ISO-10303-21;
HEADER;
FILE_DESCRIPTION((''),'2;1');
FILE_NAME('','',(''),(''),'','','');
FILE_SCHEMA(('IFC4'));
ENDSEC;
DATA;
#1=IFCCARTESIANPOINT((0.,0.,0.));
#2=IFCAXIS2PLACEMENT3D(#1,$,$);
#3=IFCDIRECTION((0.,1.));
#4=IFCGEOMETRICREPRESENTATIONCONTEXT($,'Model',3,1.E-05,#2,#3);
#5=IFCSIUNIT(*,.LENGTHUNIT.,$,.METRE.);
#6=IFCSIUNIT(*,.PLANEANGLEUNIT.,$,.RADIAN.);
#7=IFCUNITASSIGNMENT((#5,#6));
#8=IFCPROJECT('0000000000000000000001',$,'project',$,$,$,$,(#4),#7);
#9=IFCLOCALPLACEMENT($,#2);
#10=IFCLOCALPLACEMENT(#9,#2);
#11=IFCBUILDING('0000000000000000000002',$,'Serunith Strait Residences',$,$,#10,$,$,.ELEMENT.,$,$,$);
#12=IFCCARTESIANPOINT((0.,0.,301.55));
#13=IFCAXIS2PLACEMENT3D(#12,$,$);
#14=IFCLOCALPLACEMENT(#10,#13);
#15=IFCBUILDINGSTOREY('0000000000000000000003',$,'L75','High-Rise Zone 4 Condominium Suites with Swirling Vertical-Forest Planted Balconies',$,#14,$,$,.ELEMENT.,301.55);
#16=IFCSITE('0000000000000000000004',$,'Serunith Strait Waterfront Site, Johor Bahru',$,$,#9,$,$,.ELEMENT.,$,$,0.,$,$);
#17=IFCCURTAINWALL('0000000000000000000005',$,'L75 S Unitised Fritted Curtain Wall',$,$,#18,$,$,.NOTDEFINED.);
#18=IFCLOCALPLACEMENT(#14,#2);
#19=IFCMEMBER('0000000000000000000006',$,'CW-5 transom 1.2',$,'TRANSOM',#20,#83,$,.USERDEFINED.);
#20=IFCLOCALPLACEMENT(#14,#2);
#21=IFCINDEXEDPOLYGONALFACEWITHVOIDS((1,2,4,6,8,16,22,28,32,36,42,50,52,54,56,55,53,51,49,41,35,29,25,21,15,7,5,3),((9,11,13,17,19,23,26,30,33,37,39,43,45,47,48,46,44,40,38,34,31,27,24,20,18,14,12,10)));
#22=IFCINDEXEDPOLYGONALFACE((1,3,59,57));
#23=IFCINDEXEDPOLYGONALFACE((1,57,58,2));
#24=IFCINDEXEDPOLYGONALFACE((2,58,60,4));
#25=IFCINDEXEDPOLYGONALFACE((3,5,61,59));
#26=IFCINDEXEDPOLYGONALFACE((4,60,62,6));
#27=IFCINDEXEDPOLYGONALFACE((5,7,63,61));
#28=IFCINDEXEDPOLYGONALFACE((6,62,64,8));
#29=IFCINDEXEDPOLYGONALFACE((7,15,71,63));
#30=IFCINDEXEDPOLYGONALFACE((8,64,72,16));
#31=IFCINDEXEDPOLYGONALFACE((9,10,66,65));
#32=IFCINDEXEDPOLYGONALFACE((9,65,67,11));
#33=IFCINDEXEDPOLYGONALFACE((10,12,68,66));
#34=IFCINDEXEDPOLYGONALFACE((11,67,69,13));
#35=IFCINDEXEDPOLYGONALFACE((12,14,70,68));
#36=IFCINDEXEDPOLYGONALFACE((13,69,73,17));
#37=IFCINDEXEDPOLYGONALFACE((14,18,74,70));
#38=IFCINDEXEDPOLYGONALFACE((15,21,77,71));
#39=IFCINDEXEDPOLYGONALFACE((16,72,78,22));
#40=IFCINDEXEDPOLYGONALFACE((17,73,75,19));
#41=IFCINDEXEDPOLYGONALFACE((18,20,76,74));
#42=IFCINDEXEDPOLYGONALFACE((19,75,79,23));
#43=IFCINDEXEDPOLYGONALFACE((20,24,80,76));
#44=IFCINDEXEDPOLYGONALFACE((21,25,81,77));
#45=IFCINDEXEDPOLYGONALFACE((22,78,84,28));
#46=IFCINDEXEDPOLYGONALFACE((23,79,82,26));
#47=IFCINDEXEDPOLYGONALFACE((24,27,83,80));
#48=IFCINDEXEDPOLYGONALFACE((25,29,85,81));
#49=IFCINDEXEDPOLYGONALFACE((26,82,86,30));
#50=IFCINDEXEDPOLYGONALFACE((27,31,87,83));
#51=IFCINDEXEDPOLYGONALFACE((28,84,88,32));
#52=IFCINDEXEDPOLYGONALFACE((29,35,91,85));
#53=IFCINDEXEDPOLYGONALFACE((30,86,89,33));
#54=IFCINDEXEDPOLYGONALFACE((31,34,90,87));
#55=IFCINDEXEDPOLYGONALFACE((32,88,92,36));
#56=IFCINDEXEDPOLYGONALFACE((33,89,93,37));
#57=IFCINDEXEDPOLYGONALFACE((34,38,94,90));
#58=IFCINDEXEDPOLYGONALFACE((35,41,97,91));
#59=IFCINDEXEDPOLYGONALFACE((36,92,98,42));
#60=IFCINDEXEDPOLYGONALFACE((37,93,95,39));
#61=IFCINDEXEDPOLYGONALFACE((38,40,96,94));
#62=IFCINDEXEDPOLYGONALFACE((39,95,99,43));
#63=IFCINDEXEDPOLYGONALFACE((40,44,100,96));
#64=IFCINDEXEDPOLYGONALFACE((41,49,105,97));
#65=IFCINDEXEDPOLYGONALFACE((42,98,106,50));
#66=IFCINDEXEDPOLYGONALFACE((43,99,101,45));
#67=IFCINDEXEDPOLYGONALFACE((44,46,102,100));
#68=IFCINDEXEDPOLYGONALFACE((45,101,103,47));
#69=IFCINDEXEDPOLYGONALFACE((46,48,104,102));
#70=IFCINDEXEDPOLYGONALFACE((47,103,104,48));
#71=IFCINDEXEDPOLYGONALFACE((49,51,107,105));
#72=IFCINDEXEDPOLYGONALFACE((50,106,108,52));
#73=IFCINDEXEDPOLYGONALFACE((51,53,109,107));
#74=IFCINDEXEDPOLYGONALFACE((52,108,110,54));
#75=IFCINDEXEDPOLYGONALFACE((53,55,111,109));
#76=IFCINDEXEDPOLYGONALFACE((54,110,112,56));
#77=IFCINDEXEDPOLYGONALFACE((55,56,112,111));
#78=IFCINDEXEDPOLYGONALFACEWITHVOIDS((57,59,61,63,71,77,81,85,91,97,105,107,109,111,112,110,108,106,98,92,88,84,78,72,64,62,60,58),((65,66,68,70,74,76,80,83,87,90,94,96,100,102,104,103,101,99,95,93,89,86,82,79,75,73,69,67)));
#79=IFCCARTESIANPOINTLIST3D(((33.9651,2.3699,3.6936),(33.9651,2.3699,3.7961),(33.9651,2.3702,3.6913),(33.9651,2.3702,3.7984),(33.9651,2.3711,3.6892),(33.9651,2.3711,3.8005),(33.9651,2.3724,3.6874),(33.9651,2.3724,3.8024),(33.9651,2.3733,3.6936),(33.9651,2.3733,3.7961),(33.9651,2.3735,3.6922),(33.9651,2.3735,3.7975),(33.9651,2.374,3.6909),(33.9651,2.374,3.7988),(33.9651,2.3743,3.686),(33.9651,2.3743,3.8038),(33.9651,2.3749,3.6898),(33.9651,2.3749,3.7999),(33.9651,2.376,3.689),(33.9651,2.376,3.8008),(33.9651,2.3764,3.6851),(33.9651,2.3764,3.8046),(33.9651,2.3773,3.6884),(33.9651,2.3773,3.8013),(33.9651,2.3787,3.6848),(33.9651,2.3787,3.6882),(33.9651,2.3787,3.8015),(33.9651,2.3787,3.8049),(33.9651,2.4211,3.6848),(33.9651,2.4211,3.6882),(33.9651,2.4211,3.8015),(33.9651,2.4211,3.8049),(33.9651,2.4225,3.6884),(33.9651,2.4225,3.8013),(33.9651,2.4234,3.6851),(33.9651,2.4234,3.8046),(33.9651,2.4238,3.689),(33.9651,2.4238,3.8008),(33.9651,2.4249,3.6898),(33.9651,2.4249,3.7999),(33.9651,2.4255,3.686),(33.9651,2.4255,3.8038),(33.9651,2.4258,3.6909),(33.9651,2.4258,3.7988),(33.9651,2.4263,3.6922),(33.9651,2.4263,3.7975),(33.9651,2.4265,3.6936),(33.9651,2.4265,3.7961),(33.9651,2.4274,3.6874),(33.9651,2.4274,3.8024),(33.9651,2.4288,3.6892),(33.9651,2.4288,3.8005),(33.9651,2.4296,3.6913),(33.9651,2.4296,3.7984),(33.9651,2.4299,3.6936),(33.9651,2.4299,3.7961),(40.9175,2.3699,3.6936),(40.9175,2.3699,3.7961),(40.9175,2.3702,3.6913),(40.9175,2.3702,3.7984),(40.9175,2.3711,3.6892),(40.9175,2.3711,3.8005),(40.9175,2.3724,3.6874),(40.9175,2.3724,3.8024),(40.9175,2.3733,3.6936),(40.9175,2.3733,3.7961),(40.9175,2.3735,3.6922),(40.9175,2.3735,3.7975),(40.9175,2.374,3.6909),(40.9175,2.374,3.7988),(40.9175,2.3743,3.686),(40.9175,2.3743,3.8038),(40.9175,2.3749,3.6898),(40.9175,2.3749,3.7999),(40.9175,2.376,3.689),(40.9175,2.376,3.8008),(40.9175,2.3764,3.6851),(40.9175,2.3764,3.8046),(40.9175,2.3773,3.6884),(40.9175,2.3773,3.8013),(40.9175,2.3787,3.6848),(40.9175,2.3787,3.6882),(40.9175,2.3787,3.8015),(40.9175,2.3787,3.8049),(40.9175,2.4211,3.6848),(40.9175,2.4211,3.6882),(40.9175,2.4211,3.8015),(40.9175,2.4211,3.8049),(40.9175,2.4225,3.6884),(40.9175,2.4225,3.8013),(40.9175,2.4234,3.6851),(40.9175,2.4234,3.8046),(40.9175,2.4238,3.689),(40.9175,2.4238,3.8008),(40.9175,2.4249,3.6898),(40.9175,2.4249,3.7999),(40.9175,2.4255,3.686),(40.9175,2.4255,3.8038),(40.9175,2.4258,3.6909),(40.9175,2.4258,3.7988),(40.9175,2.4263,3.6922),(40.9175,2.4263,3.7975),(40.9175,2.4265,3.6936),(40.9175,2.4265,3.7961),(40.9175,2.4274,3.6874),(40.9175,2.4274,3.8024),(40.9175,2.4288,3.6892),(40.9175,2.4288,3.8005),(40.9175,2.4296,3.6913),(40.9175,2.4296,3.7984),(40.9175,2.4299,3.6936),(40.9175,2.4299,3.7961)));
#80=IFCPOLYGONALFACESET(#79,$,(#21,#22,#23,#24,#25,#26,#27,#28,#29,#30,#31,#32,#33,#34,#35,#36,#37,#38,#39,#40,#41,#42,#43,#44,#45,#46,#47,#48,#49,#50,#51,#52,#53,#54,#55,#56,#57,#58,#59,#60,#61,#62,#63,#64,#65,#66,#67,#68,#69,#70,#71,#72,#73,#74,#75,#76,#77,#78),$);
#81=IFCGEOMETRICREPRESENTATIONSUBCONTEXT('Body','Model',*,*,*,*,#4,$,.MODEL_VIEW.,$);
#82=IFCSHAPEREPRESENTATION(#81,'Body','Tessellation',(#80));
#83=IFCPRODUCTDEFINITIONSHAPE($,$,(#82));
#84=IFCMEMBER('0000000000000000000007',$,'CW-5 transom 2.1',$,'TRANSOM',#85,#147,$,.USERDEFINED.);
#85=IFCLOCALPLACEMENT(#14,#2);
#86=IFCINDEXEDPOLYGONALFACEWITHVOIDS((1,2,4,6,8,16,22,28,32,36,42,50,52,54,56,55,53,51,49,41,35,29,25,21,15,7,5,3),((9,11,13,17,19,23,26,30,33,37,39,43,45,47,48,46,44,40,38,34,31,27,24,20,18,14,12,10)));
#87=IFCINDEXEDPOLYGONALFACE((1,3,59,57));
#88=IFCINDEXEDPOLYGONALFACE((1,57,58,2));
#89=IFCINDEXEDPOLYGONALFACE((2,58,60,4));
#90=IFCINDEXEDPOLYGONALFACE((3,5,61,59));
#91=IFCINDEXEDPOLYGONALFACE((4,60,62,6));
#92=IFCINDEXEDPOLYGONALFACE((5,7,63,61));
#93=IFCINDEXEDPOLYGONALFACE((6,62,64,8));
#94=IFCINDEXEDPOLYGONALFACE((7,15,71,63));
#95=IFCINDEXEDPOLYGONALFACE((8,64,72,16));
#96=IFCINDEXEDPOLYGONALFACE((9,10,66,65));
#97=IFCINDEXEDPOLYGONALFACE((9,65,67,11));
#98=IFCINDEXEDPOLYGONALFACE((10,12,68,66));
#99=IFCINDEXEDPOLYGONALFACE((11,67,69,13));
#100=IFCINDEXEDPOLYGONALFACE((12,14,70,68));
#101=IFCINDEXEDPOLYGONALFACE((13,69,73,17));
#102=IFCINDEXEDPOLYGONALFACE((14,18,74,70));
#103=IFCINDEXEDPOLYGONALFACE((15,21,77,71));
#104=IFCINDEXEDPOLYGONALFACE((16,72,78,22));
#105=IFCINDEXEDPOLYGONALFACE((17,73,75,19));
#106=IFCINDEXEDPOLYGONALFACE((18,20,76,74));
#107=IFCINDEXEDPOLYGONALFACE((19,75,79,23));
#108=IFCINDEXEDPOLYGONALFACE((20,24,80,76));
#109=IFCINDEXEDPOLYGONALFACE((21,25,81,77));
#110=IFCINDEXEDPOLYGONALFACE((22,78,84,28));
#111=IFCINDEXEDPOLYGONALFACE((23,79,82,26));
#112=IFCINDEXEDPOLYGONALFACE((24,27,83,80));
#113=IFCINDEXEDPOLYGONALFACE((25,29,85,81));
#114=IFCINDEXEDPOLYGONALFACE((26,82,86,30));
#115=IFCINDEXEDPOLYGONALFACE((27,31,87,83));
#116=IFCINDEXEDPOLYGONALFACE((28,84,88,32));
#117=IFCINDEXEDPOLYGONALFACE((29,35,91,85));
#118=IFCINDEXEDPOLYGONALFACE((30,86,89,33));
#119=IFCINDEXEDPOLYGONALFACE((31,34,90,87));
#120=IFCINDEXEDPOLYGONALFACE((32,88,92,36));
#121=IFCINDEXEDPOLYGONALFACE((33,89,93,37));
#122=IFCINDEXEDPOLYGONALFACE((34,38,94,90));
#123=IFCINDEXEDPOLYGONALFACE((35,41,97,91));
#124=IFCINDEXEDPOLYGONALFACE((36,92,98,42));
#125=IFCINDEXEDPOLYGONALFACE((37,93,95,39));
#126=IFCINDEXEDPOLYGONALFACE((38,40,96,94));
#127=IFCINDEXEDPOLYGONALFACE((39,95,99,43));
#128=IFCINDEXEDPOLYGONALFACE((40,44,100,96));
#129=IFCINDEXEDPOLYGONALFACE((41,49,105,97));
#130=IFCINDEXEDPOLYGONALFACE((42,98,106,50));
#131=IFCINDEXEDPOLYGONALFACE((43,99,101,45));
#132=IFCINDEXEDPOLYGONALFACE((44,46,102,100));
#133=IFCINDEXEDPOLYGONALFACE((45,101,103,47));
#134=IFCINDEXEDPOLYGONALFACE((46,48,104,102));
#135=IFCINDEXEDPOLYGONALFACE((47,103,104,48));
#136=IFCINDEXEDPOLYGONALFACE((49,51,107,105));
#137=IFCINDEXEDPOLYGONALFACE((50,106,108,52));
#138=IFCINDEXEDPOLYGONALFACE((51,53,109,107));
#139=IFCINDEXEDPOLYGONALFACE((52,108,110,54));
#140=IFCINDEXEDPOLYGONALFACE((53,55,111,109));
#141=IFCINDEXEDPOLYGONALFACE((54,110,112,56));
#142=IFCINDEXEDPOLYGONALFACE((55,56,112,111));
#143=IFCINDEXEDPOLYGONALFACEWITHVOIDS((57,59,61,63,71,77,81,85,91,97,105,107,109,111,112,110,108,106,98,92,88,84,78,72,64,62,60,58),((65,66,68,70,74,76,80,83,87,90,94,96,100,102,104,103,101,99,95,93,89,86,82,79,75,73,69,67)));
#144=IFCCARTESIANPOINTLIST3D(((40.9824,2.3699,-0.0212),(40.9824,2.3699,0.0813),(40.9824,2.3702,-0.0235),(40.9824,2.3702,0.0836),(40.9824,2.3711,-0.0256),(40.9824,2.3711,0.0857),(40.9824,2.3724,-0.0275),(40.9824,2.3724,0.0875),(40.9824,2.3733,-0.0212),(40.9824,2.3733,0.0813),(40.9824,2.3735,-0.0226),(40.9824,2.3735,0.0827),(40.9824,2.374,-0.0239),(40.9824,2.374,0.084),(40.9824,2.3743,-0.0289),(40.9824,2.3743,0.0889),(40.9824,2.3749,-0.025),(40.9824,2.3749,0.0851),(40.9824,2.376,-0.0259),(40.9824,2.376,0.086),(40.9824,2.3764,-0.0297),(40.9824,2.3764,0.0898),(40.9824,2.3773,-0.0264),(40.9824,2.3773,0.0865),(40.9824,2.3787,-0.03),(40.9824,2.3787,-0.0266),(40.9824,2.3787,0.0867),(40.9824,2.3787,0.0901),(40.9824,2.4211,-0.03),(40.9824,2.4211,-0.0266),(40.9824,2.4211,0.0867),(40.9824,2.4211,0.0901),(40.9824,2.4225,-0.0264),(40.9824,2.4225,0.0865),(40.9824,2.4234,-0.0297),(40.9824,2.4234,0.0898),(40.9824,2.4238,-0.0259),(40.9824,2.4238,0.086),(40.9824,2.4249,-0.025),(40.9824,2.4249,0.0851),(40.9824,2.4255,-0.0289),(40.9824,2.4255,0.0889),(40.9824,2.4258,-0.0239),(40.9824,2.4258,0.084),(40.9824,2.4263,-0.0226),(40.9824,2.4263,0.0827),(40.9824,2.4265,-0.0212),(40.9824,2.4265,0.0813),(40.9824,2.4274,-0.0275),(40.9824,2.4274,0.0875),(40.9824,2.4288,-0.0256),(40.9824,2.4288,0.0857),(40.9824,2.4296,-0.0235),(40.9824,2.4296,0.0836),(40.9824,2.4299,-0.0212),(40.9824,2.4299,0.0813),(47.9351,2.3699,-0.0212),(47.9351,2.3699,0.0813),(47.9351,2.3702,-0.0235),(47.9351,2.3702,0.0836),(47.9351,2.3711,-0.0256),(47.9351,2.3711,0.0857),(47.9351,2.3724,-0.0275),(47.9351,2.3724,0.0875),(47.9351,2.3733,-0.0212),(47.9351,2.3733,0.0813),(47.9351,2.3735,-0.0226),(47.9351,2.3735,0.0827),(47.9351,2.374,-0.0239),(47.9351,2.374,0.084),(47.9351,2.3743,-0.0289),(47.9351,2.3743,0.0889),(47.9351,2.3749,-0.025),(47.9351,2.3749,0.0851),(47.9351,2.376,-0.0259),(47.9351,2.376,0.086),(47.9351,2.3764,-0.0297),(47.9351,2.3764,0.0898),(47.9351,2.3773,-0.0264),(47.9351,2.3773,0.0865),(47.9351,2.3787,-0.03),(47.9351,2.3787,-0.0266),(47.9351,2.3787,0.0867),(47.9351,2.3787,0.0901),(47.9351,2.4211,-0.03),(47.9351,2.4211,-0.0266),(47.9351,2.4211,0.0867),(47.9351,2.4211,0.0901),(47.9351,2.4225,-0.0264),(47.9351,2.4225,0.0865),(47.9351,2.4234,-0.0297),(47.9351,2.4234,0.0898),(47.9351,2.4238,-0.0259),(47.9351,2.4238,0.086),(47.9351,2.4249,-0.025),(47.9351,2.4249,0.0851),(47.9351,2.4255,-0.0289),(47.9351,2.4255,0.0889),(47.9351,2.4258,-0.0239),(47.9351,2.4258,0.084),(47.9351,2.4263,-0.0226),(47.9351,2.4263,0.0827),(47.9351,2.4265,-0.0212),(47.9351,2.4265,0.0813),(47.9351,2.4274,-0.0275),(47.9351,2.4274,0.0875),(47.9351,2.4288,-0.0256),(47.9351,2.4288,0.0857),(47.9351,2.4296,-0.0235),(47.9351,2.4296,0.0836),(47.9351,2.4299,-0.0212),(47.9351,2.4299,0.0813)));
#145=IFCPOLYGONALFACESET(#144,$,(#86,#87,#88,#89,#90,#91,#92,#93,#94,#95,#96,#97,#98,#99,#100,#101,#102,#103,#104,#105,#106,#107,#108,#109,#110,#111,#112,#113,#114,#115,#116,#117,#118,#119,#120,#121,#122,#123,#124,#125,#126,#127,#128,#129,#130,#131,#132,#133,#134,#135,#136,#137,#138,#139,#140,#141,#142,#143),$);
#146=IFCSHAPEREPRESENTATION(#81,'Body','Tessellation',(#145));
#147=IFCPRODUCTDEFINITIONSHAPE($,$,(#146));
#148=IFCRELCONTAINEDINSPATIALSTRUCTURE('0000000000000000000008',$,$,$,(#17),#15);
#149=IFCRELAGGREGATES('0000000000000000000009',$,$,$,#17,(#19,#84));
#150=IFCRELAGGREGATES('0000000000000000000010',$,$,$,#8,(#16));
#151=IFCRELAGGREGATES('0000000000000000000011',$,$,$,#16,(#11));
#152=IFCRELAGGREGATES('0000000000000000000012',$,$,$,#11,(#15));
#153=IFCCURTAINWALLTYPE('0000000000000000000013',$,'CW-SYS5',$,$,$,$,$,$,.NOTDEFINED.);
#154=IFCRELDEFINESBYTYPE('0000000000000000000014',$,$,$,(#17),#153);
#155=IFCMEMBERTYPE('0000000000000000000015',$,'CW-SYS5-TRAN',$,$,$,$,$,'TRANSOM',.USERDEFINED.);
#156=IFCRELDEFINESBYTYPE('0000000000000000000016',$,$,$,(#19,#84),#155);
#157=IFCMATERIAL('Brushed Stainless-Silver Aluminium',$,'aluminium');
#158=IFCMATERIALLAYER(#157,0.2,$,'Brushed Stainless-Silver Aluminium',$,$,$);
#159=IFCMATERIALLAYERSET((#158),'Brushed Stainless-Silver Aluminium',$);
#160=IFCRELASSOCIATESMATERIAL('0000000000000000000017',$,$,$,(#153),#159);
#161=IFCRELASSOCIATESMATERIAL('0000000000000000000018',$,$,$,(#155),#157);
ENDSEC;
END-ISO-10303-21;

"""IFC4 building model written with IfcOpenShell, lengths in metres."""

from ifc_helpers import new_model, si_unit, direction, frame, origin, origin_2d, place, context, subcontext, project, spatial, hollow_rectangle, extrude, source, transform, mapped, material, layer, layer_set, material_profile, profile_set, type_object, element, aggregate, save


model = new_model("IFC4")

# Units and contexts
model_context = context("Model", 3, precision=1e-05, world=origin(), true_north=direction((0.0, 1.0)))
body_context = subcontext(model_context, "Body", "Model", "MODEL_VIEW")
ifc_project = project(units=[si_unit("LENGTHUNIT", "METRE"), si_unit("PLANEANGLEUNIT", "RADIAN")], contexts=[model_context])

# Site, building, storey
site_placement = place(None, origin())
site = spatial("IfcSite", under=ifc_project, at=site_placement, Name="Serunith Strait Waterfront Site, Johor Bahru", CompositionType="ELEMENT", RefElevation=0.0)
building_placement = place(site_placement, origin())
building = spatial("IfcBuilding", under=site, at=building_placement, Name="Serunith Strait Residences", CompositionType="ELEMENT")
storey_placement = place(building_placement, frame((0.0, 0.0, 301.55)))
storey = spatial("IfcBuildingStorey", under=building, at=storey_placement, Name="L75", Description="High-Rise Zone 4 Condominium Suites with Swirling Vertical-Forest Planted Balconies", CompositionType="ELEMENT", Elevation=301.55)

# Curtain wall, members
ifc_material_1 = material(Name="Brushed Stainless-Silver Aluminium", Category="aluminium")
ifc_layer_1 = layer(ifc_material_1, 0.2, Name="Brushed Stainless-Silver Aluminium")
ifc_layer_set_1 = layer_set([ifc_layer_1], Name="Brushed Stainless-Silver Aluminium")
curtain_wall_type = type_object("IfcCurtainWallType", Name="CW-SYS5", PredefinedType="NOTDEFINED", material=ifc_layer_set_1)
curtain_wall_placement = place(storey_placement, origin())
curtain_wall = element("IfcCurtainWall", 1, at=curtain_wall_placement, inside=storey, type_object=curtain_wall_type, Name="L75 S Unitised Fritted Curtain Wall", PredefinedType="NOTDEFINED")
ifc_material_profile_1 = material_profile(ifc_material_1, hollow_rectangle(XDim=0.0601, YDim=0.1201, WallThickness=0.0034, InnerFilletRadius=0.0054, OuterFilletRadius=0.0088, at=origin_2d()), Name="ALU 120x60x3.5")
ifc_profile_set_1 = profile_set([ifc_material_profile_1], Name="Brushed Stainless-Silver Aluminium")
member_type_1 = type_object("IfcMemberType", Name="CW-SYS5-TRAN", ElementType="TRANSOM", PredefinedType="USERDEFINED", material=ifc_profile_set_1)
shared_shape_1 = source(origin(), body_context, "Body", "SweptSolid", [
    extrude(hollow_rectangle(XDim=0.0601, YDim=0.1201, WallThickness=0.0034, InnerFilletRadius=0.0054, OuterFilletRadius=0.0088, at=origin_2d()), origin(), (0.0, 0.0, 1.0), 6.9524),
])
member_1_placement = place(storey_placement, frame((33.9651, 2.3999, 3.7449), z_axis=(1.0, 0.0, 0.0), x_axis=(0.0, 1.0, 0.0)))
member_1 = element("IfcMember", 2, at=member_1_placement, type_object=member_type_1, Name="CW-5 transom 1.2", ObjectType="TRANSOM", PredefinedType="USERDEFINED", context=body_context, shape_type="MappedRepresentation", body=[
    mapped(shared_shape_1, transform((0.0, 0.0, 0.0), scale=1.0)),
])
shared_shape_2 = source(origin(), body_context, "Body", "SweptSolid", [
    extrude(hollow_rectangle(XDim=0.0601, YDim=0.1201, WallThickness=0.0034, InnerFilletRadius=0.0054, OuterFilletRadius=0.0088, at=origin_2d()), origin(), (0.0, 0.0, 1.0), 6.9526),
])
member_2_placement = place(storey_placement, frame((40.9824, 2.3999, 0.03), z_axis=(1.0, 0.0, 0.0), x_axis=(0.0, 1.0, 0.0)))
member_2 = element("IfcMember", 3, at=member_2_placement, type_object=member_type_1, Name="CW-5 transom 2.1", ObjectType="TRANSOM", PredefinedType="USERDEFINED", context=body_context, shape_type="MappedRepresentation", body=[
    mapped(shared_shape_2, transform((0.0, 0.0, 0.0), scale=1.0)),
])
aggregate(curtain_wall, [member_1, member_2])

save(model, "model.ifc")
